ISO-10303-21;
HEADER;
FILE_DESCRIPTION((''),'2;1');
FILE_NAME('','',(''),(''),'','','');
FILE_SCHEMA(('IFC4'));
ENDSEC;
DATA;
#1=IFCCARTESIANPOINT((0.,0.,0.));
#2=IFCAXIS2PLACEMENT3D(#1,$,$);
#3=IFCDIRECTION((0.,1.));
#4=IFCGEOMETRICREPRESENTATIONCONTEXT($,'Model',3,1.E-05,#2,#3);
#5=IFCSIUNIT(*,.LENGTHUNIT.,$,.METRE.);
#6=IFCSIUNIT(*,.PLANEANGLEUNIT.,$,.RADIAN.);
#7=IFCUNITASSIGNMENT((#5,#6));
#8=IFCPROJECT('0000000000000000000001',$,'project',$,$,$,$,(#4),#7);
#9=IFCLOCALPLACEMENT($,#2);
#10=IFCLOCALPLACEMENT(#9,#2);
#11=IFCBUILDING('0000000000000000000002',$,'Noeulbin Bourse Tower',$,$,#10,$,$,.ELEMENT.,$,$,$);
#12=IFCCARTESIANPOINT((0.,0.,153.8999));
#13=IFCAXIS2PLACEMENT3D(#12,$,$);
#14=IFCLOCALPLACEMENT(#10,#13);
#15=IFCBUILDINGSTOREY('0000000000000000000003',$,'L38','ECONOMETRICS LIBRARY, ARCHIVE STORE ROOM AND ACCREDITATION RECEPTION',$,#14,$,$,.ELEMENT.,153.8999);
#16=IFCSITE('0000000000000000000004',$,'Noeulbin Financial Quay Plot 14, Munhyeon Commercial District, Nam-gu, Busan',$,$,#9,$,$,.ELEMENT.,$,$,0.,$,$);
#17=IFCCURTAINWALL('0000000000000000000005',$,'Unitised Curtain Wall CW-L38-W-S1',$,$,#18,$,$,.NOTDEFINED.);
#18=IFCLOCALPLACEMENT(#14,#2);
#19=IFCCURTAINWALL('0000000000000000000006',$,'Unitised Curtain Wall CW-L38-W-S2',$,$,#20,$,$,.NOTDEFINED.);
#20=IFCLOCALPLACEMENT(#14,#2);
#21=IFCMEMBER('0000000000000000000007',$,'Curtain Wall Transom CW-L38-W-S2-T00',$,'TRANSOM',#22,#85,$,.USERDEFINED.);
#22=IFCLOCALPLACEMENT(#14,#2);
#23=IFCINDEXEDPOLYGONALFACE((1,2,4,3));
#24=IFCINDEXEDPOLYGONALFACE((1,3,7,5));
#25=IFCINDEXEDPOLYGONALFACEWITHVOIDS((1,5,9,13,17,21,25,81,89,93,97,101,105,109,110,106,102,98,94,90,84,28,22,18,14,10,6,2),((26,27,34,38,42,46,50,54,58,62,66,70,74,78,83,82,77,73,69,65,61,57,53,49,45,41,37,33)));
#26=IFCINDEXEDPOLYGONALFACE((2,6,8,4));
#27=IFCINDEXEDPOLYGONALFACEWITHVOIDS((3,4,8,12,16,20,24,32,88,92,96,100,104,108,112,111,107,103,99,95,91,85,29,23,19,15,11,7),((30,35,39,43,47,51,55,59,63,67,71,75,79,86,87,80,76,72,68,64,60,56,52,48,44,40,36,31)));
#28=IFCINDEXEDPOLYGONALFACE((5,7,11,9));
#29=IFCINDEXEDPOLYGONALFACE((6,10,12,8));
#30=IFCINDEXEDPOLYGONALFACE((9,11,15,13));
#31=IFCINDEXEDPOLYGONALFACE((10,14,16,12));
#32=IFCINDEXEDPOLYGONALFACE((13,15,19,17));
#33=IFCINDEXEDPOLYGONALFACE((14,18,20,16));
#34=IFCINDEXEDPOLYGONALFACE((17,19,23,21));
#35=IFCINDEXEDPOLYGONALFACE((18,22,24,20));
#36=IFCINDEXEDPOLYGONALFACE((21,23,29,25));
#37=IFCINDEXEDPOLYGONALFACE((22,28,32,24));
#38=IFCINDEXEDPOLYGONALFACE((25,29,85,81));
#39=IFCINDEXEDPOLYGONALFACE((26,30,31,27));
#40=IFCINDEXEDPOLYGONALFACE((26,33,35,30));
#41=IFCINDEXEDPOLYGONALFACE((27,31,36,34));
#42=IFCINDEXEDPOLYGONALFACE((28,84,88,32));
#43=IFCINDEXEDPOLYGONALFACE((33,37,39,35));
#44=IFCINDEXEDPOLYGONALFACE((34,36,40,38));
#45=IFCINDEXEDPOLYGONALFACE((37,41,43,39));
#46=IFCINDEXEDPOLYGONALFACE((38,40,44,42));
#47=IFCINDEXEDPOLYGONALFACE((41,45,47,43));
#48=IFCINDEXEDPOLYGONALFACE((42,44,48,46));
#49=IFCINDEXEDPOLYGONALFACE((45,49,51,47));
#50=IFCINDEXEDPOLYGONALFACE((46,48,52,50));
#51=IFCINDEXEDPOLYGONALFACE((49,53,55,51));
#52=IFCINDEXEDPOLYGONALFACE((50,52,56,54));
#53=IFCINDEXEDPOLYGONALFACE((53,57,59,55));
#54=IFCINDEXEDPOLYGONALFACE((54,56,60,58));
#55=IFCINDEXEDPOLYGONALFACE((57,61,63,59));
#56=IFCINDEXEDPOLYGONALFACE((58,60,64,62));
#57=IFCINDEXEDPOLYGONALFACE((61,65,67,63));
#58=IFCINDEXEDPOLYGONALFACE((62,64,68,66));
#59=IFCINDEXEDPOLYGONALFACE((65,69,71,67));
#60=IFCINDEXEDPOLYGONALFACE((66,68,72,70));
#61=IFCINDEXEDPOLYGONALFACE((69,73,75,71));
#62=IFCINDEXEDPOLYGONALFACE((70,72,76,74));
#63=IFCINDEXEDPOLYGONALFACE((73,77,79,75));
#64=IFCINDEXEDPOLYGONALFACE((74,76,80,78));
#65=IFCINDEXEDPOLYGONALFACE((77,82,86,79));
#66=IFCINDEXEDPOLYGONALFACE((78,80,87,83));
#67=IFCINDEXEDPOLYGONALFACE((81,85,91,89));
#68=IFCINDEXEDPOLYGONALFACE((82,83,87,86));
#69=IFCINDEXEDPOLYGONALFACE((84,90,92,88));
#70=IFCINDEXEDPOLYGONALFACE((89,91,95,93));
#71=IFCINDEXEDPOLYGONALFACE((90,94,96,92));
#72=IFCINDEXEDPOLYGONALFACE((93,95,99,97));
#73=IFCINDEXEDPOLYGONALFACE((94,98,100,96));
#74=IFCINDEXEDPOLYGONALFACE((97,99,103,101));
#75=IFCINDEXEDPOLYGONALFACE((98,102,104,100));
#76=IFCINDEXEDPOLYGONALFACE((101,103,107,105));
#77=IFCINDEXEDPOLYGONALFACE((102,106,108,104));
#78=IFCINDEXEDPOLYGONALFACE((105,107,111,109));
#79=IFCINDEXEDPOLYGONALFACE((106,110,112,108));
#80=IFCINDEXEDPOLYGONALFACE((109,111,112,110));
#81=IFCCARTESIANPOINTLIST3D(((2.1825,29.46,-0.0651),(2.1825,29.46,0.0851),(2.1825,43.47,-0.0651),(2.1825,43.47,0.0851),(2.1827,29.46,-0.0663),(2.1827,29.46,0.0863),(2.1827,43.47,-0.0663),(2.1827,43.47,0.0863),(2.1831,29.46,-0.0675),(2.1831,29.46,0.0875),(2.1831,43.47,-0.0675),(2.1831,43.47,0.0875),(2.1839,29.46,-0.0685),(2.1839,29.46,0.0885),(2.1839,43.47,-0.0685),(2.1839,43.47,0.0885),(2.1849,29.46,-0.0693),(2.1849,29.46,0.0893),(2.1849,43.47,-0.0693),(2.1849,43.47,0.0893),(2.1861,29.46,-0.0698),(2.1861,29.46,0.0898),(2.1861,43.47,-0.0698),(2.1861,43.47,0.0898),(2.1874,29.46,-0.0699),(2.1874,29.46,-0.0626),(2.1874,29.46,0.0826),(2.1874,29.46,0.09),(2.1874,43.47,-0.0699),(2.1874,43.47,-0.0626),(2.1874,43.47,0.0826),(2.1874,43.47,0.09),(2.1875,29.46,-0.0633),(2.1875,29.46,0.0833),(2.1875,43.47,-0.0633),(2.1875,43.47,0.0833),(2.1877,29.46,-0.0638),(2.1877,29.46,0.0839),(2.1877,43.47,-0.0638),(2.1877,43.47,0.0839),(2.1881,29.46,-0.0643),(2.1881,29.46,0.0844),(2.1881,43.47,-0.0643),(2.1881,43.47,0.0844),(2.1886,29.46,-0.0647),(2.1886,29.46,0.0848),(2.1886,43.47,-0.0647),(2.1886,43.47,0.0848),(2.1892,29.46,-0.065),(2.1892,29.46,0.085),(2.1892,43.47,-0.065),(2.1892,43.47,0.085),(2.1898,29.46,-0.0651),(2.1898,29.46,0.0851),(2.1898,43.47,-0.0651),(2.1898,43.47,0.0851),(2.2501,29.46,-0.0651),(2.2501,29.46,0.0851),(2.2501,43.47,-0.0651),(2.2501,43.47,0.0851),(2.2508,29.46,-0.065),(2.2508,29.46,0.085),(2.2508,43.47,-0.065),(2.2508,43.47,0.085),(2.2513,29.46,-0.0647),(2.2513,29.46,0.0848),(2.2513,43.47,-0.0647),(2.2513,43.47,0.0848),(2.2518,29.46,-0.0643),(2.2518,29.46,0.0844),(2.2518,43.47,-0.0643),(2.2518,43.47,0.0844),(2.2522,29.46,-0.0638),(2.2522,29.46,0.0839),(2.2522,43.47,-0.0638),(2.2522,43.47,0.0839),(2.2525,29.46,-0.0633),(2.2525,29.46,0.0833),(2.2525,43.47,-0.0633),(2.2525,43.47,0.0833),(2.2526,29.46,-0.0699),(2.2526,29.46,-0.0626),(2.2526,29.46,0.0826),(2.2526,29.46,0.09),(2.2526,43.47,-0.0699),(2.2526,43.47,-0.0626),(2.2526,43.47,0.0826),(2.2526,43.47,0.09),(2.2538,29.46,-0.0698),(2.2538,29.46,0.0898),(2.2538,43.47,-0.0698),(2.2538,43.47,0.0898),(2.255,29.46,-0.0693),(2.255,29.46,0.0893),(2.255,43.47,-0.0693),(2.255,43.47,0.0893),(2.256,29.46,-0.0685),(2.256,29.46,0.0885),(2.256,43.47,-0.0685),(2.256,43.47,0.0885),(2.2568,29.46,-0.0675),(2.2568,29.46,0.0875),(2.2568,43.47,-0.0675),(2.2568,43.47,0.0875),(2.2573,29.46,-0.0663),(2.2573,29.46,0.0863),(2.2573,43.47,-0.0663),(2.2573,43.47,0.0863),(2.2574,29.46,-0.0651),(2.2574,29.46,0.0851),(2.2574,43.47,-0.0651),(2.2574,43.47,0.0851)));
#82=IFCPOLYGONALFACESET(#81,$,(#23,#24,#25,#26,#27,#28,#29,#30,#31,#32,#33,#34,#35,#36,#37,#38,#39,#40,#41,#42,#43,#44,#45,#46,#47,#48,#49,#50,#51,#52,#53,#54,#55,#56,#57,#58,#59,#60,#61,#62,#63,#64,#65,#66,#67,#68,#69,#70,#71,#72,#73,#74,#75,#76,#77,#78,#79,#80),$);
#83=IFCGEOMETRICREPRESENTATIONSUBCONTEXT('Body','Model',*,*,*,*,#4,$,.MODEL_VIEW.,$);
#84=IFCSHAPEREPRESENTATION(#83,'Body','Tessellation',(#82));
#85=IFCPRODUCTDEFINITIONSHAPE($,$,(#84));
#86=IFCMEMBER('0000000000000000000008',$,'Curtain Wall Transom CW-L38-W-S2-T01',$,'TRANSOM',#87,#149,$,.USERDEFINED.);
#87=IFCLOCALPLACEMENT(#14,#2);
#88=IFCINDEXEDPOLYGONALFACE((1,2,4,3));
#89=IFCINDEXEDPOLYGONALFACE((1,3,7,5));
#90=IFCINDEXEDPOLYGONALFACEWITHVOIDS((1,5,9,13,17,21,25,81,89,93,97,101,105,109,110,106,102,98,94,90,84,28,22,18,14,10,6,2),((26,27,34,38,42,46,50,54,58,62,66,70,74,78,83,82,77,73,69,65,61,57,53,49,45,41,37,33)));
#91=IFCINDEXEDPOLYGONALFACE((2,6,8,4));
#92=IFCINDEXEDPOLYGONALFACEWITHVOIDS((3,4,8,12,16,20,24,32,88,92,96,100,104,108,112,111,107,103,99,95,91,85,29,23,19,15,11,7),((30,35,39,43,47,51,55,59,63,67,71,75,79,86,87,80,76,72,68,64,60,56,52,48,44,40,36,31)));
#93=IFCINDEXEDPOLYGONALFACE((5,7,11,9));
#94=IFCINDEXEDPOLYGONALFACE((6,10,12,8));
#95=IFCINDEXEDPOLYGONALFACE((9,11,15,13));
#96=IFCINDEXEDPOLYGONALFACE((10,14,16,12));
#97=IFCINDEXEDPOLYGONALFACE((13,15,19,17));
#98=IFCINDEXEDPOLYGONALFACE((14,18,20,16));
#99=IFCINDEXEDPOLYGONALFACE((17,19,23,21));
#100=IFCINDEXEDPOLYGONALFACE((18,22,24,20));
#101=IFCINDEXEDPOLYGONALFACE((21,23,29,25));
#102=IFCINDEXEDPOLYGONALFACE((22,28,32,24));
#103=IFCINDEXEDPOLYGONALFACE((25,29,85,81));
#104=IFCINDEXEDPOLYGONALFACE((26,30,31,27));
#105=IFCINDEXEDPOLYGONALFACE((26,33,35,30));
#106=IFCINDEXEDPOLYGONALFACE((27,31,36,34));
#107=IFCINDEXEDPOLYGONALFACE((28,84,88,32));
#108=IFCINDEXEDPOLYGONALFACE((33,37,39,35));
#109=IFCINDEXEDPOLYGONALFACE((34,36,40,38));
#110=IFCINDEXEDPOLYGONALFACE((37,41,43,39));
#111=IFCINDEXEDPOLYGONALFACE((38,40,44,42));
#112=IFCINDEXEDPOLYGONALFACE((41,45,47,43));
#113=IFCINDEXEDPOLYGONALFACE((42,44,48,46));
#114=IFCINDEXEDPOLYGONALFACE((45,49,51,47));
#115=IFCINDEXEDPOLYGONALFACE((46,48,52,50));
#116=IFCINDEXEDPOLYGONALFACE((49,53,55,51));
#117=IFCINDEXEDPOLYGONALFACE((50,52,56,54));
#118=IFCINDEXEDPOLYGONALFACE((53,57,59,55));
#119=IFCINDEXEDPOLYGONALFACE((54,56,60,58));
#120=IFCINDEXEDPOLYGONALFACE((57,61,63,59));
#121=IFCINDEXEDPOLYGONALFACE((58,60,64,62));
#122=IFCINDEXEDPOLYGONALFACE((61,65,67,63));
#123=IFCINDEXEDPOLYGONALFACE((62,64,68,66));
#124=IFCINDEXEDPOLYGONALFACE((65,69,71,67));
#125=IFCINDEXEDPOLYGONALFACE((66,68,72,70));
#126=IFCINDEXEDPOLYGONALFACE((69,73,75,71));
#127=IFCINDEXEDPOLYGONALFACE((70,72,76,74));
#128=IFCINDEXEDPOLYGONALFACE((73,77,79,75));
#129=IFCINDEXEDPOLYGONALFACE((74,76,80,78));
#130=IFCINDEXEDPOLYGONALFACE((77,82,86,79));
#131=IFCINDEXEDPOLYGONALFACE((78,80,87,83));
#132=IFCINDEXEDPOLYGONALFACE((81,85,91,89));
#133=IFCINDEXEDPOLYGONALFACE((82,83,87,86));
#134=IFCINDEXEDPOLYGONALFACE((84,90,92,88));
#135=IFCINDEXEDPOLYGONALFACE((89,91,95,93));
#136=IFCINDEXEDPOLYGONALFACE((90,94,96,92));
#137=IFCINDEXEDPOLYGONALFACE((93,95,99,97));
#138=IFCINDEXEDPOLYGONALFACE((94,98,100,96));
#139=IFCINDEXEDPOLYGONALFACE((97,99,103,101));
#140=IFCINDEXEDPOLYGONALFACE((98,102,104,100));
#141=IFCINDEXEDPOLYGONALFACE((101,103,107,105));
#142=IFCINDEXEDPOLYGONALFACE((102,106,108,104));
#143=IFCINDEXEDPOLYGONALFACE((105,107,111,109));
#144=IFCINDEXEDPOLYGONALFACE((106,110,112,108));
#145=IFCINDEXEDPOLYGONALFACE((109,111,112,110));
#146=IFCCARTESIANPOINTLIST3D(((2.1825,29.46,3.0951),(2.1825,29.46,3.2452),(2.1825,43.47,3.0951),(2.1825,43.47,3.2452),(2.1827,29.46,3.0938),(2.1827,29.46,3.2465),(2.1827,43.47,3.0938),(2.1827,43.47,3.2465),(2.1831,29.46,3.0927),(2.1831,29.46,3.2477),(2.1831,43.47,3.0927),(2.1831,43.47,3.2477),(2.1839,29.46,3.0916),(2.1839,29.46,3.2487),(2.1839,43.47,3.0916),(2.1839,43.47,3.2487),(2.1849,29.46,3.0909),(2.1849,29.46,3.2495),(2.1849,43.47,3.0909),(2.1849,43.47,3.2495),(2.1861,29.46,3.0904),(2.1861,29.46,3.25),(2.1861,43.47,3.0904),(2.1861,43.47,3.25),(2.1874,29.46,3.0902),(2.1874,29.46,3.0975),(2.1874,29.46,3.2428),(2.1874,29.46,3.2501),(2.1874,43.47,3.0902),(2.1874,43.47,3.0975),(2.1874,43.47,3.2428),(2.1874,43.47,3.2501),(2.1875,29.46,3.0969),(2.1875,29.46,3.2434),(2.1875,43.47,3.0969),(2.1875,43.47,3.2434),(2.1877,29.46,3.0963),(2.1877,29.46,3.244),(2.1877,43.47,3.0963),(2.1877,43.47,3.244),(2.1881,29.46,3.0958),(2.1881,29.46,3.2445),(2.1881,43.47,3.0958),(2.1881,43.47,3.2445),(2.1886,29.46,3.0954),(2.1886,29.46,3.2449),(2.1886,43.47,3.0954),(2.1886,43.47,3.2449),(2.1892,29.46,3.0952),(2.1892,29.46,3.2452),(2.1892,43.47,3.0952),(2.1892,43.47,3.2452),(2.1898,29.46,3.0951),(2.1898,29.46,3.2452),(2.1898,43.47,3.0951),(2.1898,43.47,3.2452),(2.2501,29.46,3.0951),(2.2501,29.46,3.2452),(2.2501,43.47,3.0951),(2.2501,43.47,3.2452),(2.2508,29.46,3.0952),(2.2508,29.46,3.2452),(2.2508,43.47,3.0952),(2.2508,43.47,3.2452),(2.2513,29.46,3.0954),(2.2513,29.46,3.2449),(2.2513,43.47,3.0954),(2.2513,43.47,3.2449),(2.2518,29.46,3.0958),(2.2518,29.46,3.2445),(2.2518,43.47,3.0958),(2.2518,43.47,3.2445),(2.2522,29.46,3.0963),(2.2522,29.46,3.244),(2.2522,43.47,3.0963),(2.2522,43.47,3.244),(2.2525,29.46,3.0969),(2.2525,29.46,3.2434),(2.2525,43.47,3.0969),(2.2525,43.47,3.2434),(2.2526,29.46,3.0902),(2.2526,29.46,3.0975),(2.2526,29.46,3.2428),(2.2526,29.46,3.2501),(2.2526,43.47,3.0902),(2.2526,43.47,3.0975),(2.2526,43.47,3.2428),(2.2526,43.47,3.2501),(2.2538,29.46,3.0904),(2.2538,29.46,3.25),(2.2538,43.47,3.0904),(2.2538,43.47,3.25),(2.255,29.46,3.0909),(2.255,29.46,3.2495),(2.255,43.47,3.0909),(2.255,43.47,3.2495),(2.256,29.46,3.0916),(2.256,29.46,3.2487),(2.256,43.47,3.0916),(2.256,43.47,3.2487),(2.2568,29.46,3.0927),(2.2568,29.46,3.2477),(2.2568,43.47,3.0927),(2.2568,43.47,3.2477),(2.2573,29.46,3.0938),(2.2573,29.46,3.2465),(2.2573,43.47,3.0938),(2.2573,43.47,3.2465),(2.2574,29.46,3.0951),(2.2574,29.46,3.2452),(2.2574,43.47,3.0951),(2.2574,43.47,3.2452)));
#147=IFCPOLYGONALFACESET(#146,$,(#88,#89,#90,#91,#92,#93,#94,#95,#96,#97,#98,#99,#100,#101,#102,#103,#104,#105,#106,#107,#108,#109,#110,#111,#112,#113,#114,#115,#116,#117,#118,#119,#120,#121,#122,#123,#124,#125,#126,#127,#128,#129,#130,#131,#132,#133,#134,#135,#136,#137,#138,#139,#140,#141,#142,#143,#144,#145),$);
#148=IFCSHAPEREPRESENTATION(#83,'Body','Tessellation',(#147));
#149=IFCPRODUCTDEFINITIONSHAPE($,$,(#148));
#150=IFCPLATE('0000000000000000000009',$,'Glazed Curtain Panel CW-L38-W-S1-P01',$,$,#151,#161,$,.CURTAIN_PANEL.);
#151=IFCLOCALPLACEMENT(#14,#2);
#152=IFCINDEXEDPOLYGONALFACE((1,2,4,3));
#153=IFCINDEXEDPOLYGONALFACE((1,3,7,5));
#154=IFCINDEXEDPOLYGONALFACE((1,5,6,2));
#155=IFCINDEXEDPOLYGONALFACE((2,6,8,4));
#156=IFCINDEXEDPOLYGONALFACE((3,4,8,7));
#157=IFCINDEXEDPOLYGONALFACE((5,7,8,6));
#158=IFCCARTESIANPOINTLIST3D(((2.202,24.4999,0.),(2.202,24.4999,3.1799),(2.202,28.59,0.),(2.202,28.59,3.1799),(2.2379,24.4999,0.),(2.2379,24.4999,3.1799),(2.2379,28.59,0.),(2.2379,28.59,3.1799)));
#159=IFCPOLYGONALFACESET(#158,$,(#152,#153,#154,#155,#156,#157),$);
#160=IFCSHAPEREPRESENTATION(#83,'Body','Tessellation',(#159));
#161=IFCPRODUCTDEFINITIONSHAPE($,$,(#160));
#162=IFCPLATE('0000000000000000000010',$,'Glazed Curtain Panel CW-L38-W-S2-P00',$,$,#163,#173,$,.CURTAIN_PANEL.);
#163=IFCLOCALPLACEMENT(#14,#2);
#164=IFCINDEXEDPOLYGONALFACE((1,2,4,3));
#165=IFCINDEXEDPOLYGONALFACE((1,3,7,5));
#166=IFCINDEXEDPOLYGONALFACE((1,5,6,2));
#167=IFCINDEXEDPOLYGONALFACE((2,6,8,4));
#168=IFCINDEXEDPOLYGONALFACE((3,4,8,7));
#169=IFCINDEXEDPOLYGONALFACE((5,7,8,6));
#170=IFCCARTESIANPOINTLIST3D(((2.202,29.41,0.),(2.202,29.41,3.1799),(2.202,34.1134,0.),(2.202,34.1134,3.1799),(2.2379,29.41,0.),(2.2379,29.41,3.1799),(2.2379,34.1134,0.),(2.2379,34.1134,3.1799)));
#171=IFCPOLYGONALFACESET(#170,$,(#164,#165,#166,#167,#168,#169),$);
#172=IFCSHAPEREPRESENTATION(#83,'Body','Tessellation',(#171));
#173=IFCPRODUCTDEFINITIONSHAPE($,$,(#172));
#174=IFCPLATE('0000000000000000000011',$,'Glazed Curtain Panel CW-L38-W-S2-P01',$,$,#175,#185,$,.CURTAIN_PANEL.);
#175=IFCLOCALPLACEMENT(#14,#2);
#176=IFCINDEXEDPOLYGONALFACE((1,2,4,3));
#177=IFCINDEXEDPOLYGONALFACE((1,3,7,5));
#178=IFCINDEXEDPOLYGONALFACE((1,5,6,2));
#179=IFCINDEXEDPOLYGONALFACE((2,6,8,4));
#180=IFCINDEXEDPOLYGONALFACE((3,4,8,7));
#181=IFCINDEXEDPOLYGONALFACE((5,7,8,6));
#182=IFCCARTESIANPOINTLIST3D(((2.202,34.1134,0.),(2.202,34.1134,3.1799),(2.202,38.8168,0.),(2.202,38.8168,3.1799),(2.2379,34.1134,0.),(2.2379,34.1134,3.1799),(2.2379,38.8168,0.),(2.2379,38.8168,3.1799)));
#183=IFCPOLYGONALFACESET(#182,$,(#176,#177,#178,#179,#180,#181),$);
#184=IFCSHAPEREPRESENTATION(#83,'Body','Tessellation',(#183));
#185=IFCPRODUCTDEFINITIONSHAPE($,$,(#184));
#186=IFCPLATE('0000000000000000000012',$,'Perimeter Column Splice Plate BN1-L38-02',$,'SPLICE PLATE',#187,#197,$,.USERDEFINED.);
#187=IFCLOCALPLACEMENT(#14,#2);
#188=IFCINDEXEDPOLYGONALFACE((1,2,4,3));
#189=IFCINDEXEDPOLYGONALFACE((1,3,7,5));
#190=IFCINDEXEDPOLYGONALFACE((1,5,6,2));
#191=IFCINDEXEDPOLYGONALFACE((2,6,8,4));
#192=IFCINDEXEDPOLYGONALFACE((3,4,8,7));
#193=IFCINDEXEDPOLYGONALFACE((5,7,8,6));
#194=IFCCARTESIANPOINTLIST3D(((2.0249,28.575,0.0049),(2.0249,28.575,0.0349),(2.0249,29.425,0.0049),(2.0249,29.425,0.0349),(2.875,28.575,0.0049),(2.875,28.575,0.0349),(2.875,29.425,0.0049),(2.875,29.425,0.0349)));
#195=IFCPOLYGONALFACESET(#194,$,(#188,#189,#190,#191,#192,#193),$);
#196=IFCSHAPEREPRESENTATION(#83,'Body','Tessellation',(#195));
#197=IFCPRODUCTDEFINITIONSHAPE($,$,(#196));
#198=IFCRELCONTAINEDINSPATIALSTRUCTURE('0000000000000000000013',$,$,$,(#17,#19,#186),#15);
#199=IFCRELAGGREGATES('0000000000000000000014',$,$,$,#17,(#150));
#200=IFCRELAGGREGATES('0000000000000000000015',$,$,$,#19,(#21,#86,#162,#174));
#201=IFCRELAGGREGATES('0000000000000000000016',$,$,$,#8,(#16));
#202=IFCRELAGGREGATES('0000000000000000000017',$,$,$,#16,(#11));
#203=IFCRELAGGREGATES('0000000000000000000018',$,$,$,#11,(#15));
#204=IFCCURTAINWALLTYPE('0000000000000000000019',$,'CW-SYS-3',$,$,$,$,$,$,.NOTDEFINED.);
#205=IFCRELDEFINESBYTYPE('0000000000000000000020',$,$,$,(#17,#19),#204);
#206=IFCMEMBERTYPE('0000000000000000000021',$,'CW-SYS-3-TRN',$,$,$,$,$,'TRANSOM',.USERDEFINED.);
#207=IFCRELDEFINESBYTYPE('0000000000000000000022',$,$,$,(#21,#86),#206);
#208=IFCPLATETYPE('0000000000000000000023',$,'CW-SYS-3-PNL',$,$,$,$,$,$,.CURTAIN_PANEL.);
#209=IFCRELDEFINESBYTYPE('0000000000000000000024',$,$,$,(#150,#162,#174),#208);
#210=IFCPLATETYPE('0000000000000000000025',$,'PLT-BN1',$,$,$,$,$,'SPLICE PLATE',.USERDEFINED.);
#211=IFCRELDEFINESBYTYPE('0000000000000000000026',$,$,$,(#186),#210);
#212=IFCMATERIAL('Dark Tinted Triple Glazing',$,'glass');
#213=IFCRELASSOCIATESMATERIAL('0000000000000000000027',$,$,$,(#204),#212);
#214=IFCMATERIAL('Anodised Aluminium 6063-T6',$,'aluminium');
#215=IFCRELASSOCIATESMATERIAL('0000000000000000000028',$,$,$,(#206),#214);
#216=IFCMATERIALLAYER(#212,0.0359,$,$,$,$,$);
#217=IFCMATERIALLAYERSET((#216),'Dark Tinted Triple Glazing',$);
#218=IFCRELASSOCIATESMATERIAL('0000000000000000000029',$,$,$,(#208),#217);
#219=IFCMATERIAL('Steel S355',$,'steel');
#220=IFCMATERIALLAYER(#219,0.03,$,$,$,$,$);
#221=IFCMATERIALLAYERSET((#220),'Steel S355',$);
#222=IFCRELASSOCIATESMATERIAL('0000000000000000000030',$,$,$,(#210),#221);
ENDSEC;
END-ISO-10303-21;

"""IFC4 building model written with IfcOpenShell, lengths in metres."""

from ifc_helpers import new_model, si_unit, direction, frame, origin, origin_2d, place, context, subcontext, project, spatial, rectangle, hollow_rectangle, extrude, material, layer, layer_set, material_profile, profile_set, type_object, element, aggregate, save


model = new_model("IFC4")

# Units and contexts
model_context = context("Model", 3, precision=1e-05, world=origin(), true_north=direction((0.0, 1.0)))
body_context = subcontext(model_context, "Body", "Model", "MODEL_VIEW")
ifc_project = project(units=[si_unit("LENGTHUNIT", "METRE"), si_unit("PLANEANGLEUNIT", "RADIAN")], contexts=[model_context])

# Site, building, storey
site_placement = place(None, origin())
site = spatial("IfcSite", under=ifc_project, at=site_placement, Name="Noeulbin Financial Quay Plot 14, Munhyeon Commercial District, Nam-gu, Busan", CompositionType="ELEMENT", RefElevation=0.0)
building_placement = place(site_placement, origin())
building = spatial("IfcBuilding", under=site, at=building_placement, Name="Noeulbin Bourse Tower", CompositionType="ELEMENT")
storey_placement = place(building_placement, frame((0.0, 0.0, 153.8999)))
storey = spatial("IfcBuildingStorey", under=building, at=storey_placement, Name="L38", Description="ECONOMETRICS LIBRARY, ARCHIVE STORE ROOM AND ACCREDITATION RECEPTION", CompositionType="ELEMENT", Elevation=153.8999)

# Shared definitions
ifc_material_1 = material(Name="Steel S355", Category="steel")

# Curtain wall
ifc_material_2 = material(Name="Dark Tinted Triple Glazing", Category="glass")
curtain_wall_type = type_object("IfcCurtainWallType", Name="CW-SYS-3", PredefinedType="NOTDEFINED", material=ifc_material_2)
curtain_wall_1_placement = place(storey_placement, origin())
curtain_wall_1 = element("IfcCurtainWall", 1, at=curtain_wall_1_placement, inside=storey, type_object=curtain_wall_type, Name="Unitised Curtain Wall CW-L38-W-S1", PredefinedType="NOTDEFINED")
ifc_material_3 = material(Name="Anodised Aluminium 6063-T6", Category="aluminium")

# Curtain wall, members
curtain_wall_2_placement = place(storey_placement, origin())
curtain_wall_2 = element("IfcCurtainWall", 2, at=curtain_wall_2_placement, inside=storey, type_object=curtain_wall_type, Name="Unitised Curtain Wall CW-L38-W-S2", PredefinedType="NOTDEFINED")
ifc_material_profile_1 = material_profile(ifc_material_3, hollow_rectangle(XDim=0.075, YDim=0.1599, WallThickness=0.0049, InnerFilletRadius=0.0024, OuterFilletRadius=0.0049, at=origin_2d()), Name="ALU-TRAN-75x160x5", Category="LoadBearing")
ifc_profile_set_1 = profile_set([ifc_material_profile_1], Name="Anodised Aluminium 6063-T6")
member_type_1 = type_object("IfcMemberType", Name="CW-SYS-3-TRN", ElementType="TRANSOM", PredefinedType="USERDEFINED", material=ifc_profile_set_1)
member_1_placement = place(storey_placement, frame((2.22, 29.46, 0.01), z_axis=(0.0, 1.0, 0.0), x_axis=(-1.0, 0.0, 0.0)))
member_1 = element("IfcMember", 3, at=member_1_placement, type_object=member_type_1, Name="Curtain Wall Transom CW-L38-W-S2-T00", ObjectType="TRANSOM", PredefinedType="USERDEFINED", context=body_context, shape_type="SweptSolid", body=[
    extrude(hollow_rectangle(XDim=0.075, YDim=0.1599, WallThickness=0.0049, InnerFilletRadius=0.0024, OuterFilletRadius=0.0049, at=origin_2d()), origin(), (0.0, 0.0, 1.0), 14.01),
])
member_2_placement = place(storey_placement, frame((2.22, 29.46, 3.1702), z_axis=(0.0, 1.0, 0.0), x_axis=(-1.0, 0.0, 0.0)))
member_2 = element("IfcMember", 4, at=member_2_placement, type_object=member_type_1, Name="Curtain Wall Transom CW-L38-W-S2-T01", ObjectType="TRANSOM", PredefinedType="USERDEFINED", context=body_context, shape_type="SweptSolid", body=[
    extrude(hollow_rectangle(XDim=0.075, YDim=0.1599, WallThickness=0.0049, InnerFilletRadius=0.0024, OuterFilletRadius=0.0049, at=origin_2d()), origin(), (0.0, 0.0, 1.0), 14.01),
])

# Plates
ifc_layer_1 = layer(ifc_material_2, 0.0359)
ifc_layer_set_1 = layer_set([ifc_layer_1], Name="Dark Tinted Triple Glazing")
plate_type_1 = type_object("IfcPlateType", Name="CW-SYS-3-PNL", PredefinedType="CURTAIN_PANEL", material=ifc_layer_set_1)
plate_1_placement = place(storey_placement, frame((2.22, 26.5449, 0.0), z_axis=(0.0, 0.0, 1.0), x_axis=(0.0, 1.0, 0.0)))
plate_1 = element("IfcPlate", 5, at=plate_1_placement, type_object=plate_type_1, Name="Glazed Curtain Panel CW-L38-W-S1-P01", PredefinedType="CURTAIN_PANEL", context=body_context, shape_type="SweptSolid", body=[
    extrude(rectangle(XDim=4.0901, YDim=0.0359, at=origin_2d()), origin(), (0.0, 0.0, 1.0), 3.1799),
])
aggregate(curtain_wall_1, [plate_1])
plate_2_placement = place(storey_placement, frame((2.22, 31.7617, 0.0), z_axis=(0.0, 0.0, 1.0), x_axis=(0.0, 1.0, 0.0)))
plate_2 = element("IfcPlate", 6, at=plate_2_placement, type_object=plate_type_1, Name="Glazed Curtain Panel CW-L38-W-S2-P00", PredefinedType="CURTAIN_PANEL", context=body_context, shape_type="SweptSolid", body=[
    extrude(rectangle(XDim=4.7034, YDim=0.0359, at=origin_2d()), origin(), (0.0, 0.0, 1.0), 3.1799),
])
plate_3_placement = place(storey_placement, frame((2.22, 36.4651, 0.0), z_axis=(0.0, 0.0, 1.0), x_axis=(0.0, 1.0, 0.0)))
plate_3 = element("IfcPlate", 7, at=plate_3_placement, type_object=plate_type_1, Name="Glazed Curtain Panel CW-L38-W-S2-P01", PredefinedType="CURTAIN_PANEL", context=body_context, shape_type="SweptSolid", body=[
    extrude(rectangle(XDim=4.7034, YDim=0.0359, at=origin_2d()), origin(), (0.0, 0.0, 1.0), 3.1799),
])
aggregate(curtain_wall_2, [member_1, member_2, plate_2, plate_3])
ifc_layer_2 = layer(ifc_material_1, 0.03)
ifc_layer_set_2 = layer_set([ifc_layer_2], Name="Steel S355")
plate_type_2 = type_object("IfcPlateType", Name="PLT-BN1", ElementType="SPLICE PLATE", PredefinedType="USERDEFINED", material=ifc_layer_set_2)
plate_4_placement = place(storey_placement, frame((2.45, 29.0, 0.0049), z_axis=(0.0, 0.0, 1.0), x_axis=(1.0, 0.0, 0.0)))
element("IfcPlate", 8, at=plate_4_placement, inside=storey, type_object=plate_type_2, Name="Perimeter Column Splice Plate BN1-L38-02", ObjectType="SPLICE PLATE", PredefinedType="USERDEFINED", context=body_context, shape_type="SweptSolid", body=[
    extrude(rectangle(XDim=0.8501, YDim=0.8501, at=origin_2d()), origin(), (0.0, 0.0, 1.0), 0.03),
])

save(model, "model.ifc")
